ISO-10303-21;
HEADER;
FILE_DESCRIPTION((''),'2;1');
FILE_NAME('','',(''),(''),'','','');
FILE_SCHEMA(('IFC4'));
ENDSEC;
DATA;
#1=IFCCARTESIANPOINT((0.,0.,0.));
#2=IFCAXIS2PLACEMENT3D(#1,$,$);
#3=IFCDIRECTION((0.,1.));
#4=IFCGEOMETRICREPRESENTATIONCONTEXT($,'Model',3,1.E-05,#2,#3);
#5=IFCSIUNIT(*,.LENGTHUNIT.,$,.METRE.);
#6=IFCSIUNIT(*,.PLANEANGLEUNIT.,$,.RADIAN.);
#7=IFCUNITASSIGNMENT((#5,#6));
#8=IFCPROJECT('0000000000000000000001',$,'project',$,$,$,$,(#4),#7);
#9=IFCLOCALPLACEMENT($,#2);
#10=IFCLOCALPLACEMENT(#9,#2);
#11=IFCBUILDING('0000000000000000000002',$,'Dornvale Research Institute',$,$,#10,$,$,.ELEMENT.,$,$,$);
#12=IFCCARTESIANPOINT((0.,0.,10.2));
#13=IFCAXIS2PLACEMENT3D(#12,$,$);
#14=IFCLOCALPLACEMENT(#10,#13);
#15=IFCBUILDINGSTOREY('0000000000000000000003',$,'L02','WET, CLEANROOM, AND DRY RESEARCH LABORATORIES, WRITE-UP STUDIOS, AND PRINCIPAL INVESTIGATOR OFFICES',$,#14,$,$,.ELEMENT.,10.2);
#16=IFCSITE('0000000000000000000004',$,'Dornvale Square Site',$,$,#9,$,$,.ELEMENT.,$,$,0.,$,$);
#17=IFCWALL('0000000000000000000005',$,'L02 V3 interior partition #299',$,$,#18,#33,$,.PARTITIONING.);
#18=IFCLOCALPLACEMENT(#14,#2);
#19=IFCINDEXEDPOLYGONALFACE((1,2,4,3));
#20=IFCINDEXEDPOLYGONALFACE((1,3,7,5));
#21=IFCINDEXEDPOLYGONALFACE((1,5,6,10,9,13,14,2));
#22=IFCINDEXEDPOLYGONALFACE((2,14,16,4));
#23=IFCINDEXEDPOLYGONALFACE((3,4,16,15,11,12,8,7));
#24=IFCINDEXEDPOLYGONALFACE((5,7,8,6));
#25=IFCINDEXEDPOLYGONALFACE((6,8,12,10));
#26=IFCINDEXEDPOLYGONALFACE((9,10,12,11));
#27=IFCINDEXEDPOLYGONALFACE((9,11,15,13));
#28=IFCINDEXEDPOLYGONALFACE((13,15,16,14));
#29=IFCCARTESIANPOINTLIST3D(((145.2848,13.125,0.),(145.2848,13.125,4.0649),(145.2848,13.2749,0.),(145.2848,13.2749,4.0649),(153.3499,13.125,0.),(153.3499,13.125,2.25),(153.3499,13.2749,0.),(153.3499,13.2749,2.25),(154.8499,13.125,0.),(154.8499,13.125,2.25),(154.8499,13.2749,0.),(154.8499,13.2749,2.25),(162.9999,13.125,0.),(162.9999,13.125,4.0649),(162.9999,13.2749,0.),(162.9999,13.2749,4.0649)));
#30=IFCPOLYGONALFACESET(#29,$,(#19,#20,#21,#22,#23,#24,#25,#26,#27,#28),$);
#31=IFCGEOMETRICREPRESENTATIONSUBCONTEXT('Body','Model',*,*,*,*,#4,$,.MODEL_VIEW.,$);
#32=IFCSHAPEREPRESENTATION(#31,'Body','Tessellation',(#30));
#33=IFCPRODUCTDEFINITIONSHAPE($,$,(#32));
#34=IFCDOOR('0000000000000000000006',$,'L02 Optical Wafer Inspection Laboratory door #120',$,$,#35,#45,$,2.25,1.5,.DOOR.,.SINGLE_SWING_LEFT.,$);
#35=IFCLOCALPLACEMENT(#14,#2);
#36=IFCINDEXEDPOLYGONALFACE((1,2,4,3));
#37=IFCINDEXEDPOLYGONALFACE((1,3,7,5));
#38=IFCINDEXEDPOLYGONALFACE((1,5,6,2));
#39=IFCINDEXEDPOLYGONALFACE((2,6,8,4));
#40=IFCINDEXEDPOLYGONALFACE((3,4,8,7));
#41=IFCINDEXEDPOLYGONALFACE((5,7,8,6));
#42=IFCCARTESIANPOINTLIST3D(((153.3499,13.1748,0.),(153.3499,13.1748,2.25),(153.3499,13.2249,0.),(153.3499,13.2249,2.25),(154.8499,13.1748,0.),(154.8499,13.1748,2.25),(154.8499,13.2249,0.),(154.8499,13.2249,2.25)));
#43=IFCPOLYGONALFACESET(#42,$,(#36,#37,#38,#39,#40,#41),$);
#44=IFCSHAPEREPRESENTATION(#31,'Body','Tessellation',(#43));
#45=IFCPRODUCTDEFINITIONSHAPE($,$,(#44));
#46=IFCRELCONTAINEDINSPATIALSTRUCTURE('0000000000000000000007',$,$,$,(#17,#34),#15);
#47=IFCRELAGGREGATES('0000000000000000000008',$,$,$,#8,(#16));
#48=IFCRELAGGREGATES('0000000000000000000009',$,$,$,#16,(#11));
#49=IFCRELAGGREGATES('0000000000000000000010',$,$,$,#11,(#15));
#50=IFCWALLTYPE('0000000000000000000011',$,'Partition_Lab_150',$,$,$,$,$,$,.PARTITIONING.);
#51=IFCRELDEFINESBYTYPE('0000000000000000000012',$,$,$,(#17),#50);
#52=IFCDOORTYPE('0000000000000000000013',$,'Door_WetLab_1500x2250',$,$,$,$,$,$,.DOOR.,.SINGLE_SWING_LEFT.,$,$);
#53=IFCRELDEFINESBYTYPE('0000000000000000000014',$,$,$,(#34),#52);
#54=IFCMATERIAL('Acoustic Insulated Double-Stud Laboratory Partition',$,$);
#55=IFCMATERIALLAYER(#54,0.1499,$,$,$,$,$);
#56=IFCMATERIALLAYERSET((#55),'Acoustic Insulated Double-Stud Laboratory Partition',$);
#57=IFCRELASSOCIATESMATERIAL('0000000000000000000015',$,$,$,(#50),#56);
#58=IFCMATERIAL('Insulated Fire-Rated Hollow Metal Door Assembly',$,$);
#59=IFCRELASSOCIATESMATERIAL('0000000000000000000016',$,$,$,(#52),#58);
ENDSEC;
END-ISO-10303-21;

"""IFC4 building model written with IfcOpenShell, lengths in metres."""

from ifc_helpers import new_model, si_unit, direction, frame, frame_2d, origin, place, context, subcontext, project, spatial, rectangle, extrude, material, layer, layer_set, type_object, element, fill, save


model = new_model("IFC4")

# Units and contexts
model_context = context("Model", 3, precision=1e-05, world=origin(), true_north=direction((0.0, 1.0)))
body_context = subcontext(model_context, "Body", "Model", "MODEL_VIEW")
ifc_project = project(units=[si_unit("LENGTHUNIT", "METRE"), si_unit("PLANEANGLEUNIT", "RADIAN")], contexts=[model_context])

# Site, building, storey
site_placement = place(None, origin())
site = spatial("IfcSite", under=ifc_project, at=site_placement, Name="Dornvale Square Site", CompositionType="ELEMENT", RefElevation=0.0)
building_placement = place(site_placement, origin())
building = spatial("IfcBuilding", under=site, at=building_placement, Name="Dornvale Research Institute", CompositionType="ELEMENT")
storey_placement = place(building_placement, frame((0.0, 0.0, 10.2)))
storey = spatial("IfcBuildingStorey", under=building, at=storey_placement, Name="L02", Description="WET, CLEANROOM, AND DRY RESEARCH LABORATORIES, WRITE-UP STUDIOS, AND PRINCIPAL INVESTIGATOR OFFICES", CompositionType="ELEMENT", Elevation=10.2)

# Wall, opening, door
ifc_material_1 = material(Name="Acoustic Insulated Double-Stud Laboratory Partition")
ifc_layer_1 = layer(ifc_material_1, 0.1499)
ifc_layer_set_1 = layer_set([ifc_layer_1], Name="Acoustic Insulated Double-Stud Laboratory Partition")
wall_type_1 = type_object("IfcWallType", Name="Partition_Lab_150", PredefinedType="PARTITIONING", material=ifc_layer_set_1)
wall_1_placement = place(storey_placement, frame((145.2849, 13.2, 0.0), z_axis=(0.0, 0.0, 1.0), x_axis=(1.0, 0.0, 0.0)))
wall_1 = element("IfcWall", 1, at=wall_1_placement, inside=storey, type_object=wall_type_1, Name="L02 V3 interior partition #299", PredefinedType="PARTITIONING", context=body_context, shape_type="SweptSolid", body=[
    extrude(rectangle(XDim=17.7151, YDim=0.1499, at=frame_2d((8.8574, 0.0))), origin(), (0.0, 0.0, 1.0), 4.0649),
])
opening_1_placement = place(wall_1_placement, frame((8.0649, 0.0, 0.0)))
opening_1 = element("IfcOpeningElement", 2, at=opening_1_placement, cuts=wall_1, PredefinedType="OPENING", context=body_context, shape_type="SweptSolid", body=[
    extrude(rectangle(XDim=1.5, YDim=2.25, at=frame_2d((0.75, 1.125))), frame((0.0, 0.0898, 0.0), z_axis=(0.0, -1.0, 0.0), x_axis=(1.0, 0.0, 0.0)), (0.0, 0.0, 1.0), 0.1799),
])
ifc_material_2 = material(Name="Insulated Fire-Rated Hollow Metal Door Assembly")
door_type_1 = type_object("IfcDoorType", Name="Door_WetLab_1500x2250", OperationType="SINGLE_SWING_LEFT", PredefinedType="DOOR", material=ifc_material_2)
door_1_placement = place(opening_1_placement, origin())
door_1 = element("IfcDoor", 3, at=door_1_placement, inside=storey, type_object=door_type_1, Name="L02 Optical Wafer Inspection Laboratory door #120", OperationType="SINGLE_SWING_LEFT", OverallHeight=2.25, OverallWidth=1.5, PredefinedType="DOOR", context=body_context, shape_type="SweptSolid", body=[
    extrude(rectangle(XDim=1.5, YDim=2.25, at=frame_2d((0.75, 1.125))), frame((0.0, 0.0249, 0.0), z_axis=(0.0, -1.0, 0.0), x_axis=(1.0, 0.0, 0.0)), (0.0, 0.0, 1.0), 0.05),
])
fill(opening_1, door_1)

save(model, "model.ifc")
